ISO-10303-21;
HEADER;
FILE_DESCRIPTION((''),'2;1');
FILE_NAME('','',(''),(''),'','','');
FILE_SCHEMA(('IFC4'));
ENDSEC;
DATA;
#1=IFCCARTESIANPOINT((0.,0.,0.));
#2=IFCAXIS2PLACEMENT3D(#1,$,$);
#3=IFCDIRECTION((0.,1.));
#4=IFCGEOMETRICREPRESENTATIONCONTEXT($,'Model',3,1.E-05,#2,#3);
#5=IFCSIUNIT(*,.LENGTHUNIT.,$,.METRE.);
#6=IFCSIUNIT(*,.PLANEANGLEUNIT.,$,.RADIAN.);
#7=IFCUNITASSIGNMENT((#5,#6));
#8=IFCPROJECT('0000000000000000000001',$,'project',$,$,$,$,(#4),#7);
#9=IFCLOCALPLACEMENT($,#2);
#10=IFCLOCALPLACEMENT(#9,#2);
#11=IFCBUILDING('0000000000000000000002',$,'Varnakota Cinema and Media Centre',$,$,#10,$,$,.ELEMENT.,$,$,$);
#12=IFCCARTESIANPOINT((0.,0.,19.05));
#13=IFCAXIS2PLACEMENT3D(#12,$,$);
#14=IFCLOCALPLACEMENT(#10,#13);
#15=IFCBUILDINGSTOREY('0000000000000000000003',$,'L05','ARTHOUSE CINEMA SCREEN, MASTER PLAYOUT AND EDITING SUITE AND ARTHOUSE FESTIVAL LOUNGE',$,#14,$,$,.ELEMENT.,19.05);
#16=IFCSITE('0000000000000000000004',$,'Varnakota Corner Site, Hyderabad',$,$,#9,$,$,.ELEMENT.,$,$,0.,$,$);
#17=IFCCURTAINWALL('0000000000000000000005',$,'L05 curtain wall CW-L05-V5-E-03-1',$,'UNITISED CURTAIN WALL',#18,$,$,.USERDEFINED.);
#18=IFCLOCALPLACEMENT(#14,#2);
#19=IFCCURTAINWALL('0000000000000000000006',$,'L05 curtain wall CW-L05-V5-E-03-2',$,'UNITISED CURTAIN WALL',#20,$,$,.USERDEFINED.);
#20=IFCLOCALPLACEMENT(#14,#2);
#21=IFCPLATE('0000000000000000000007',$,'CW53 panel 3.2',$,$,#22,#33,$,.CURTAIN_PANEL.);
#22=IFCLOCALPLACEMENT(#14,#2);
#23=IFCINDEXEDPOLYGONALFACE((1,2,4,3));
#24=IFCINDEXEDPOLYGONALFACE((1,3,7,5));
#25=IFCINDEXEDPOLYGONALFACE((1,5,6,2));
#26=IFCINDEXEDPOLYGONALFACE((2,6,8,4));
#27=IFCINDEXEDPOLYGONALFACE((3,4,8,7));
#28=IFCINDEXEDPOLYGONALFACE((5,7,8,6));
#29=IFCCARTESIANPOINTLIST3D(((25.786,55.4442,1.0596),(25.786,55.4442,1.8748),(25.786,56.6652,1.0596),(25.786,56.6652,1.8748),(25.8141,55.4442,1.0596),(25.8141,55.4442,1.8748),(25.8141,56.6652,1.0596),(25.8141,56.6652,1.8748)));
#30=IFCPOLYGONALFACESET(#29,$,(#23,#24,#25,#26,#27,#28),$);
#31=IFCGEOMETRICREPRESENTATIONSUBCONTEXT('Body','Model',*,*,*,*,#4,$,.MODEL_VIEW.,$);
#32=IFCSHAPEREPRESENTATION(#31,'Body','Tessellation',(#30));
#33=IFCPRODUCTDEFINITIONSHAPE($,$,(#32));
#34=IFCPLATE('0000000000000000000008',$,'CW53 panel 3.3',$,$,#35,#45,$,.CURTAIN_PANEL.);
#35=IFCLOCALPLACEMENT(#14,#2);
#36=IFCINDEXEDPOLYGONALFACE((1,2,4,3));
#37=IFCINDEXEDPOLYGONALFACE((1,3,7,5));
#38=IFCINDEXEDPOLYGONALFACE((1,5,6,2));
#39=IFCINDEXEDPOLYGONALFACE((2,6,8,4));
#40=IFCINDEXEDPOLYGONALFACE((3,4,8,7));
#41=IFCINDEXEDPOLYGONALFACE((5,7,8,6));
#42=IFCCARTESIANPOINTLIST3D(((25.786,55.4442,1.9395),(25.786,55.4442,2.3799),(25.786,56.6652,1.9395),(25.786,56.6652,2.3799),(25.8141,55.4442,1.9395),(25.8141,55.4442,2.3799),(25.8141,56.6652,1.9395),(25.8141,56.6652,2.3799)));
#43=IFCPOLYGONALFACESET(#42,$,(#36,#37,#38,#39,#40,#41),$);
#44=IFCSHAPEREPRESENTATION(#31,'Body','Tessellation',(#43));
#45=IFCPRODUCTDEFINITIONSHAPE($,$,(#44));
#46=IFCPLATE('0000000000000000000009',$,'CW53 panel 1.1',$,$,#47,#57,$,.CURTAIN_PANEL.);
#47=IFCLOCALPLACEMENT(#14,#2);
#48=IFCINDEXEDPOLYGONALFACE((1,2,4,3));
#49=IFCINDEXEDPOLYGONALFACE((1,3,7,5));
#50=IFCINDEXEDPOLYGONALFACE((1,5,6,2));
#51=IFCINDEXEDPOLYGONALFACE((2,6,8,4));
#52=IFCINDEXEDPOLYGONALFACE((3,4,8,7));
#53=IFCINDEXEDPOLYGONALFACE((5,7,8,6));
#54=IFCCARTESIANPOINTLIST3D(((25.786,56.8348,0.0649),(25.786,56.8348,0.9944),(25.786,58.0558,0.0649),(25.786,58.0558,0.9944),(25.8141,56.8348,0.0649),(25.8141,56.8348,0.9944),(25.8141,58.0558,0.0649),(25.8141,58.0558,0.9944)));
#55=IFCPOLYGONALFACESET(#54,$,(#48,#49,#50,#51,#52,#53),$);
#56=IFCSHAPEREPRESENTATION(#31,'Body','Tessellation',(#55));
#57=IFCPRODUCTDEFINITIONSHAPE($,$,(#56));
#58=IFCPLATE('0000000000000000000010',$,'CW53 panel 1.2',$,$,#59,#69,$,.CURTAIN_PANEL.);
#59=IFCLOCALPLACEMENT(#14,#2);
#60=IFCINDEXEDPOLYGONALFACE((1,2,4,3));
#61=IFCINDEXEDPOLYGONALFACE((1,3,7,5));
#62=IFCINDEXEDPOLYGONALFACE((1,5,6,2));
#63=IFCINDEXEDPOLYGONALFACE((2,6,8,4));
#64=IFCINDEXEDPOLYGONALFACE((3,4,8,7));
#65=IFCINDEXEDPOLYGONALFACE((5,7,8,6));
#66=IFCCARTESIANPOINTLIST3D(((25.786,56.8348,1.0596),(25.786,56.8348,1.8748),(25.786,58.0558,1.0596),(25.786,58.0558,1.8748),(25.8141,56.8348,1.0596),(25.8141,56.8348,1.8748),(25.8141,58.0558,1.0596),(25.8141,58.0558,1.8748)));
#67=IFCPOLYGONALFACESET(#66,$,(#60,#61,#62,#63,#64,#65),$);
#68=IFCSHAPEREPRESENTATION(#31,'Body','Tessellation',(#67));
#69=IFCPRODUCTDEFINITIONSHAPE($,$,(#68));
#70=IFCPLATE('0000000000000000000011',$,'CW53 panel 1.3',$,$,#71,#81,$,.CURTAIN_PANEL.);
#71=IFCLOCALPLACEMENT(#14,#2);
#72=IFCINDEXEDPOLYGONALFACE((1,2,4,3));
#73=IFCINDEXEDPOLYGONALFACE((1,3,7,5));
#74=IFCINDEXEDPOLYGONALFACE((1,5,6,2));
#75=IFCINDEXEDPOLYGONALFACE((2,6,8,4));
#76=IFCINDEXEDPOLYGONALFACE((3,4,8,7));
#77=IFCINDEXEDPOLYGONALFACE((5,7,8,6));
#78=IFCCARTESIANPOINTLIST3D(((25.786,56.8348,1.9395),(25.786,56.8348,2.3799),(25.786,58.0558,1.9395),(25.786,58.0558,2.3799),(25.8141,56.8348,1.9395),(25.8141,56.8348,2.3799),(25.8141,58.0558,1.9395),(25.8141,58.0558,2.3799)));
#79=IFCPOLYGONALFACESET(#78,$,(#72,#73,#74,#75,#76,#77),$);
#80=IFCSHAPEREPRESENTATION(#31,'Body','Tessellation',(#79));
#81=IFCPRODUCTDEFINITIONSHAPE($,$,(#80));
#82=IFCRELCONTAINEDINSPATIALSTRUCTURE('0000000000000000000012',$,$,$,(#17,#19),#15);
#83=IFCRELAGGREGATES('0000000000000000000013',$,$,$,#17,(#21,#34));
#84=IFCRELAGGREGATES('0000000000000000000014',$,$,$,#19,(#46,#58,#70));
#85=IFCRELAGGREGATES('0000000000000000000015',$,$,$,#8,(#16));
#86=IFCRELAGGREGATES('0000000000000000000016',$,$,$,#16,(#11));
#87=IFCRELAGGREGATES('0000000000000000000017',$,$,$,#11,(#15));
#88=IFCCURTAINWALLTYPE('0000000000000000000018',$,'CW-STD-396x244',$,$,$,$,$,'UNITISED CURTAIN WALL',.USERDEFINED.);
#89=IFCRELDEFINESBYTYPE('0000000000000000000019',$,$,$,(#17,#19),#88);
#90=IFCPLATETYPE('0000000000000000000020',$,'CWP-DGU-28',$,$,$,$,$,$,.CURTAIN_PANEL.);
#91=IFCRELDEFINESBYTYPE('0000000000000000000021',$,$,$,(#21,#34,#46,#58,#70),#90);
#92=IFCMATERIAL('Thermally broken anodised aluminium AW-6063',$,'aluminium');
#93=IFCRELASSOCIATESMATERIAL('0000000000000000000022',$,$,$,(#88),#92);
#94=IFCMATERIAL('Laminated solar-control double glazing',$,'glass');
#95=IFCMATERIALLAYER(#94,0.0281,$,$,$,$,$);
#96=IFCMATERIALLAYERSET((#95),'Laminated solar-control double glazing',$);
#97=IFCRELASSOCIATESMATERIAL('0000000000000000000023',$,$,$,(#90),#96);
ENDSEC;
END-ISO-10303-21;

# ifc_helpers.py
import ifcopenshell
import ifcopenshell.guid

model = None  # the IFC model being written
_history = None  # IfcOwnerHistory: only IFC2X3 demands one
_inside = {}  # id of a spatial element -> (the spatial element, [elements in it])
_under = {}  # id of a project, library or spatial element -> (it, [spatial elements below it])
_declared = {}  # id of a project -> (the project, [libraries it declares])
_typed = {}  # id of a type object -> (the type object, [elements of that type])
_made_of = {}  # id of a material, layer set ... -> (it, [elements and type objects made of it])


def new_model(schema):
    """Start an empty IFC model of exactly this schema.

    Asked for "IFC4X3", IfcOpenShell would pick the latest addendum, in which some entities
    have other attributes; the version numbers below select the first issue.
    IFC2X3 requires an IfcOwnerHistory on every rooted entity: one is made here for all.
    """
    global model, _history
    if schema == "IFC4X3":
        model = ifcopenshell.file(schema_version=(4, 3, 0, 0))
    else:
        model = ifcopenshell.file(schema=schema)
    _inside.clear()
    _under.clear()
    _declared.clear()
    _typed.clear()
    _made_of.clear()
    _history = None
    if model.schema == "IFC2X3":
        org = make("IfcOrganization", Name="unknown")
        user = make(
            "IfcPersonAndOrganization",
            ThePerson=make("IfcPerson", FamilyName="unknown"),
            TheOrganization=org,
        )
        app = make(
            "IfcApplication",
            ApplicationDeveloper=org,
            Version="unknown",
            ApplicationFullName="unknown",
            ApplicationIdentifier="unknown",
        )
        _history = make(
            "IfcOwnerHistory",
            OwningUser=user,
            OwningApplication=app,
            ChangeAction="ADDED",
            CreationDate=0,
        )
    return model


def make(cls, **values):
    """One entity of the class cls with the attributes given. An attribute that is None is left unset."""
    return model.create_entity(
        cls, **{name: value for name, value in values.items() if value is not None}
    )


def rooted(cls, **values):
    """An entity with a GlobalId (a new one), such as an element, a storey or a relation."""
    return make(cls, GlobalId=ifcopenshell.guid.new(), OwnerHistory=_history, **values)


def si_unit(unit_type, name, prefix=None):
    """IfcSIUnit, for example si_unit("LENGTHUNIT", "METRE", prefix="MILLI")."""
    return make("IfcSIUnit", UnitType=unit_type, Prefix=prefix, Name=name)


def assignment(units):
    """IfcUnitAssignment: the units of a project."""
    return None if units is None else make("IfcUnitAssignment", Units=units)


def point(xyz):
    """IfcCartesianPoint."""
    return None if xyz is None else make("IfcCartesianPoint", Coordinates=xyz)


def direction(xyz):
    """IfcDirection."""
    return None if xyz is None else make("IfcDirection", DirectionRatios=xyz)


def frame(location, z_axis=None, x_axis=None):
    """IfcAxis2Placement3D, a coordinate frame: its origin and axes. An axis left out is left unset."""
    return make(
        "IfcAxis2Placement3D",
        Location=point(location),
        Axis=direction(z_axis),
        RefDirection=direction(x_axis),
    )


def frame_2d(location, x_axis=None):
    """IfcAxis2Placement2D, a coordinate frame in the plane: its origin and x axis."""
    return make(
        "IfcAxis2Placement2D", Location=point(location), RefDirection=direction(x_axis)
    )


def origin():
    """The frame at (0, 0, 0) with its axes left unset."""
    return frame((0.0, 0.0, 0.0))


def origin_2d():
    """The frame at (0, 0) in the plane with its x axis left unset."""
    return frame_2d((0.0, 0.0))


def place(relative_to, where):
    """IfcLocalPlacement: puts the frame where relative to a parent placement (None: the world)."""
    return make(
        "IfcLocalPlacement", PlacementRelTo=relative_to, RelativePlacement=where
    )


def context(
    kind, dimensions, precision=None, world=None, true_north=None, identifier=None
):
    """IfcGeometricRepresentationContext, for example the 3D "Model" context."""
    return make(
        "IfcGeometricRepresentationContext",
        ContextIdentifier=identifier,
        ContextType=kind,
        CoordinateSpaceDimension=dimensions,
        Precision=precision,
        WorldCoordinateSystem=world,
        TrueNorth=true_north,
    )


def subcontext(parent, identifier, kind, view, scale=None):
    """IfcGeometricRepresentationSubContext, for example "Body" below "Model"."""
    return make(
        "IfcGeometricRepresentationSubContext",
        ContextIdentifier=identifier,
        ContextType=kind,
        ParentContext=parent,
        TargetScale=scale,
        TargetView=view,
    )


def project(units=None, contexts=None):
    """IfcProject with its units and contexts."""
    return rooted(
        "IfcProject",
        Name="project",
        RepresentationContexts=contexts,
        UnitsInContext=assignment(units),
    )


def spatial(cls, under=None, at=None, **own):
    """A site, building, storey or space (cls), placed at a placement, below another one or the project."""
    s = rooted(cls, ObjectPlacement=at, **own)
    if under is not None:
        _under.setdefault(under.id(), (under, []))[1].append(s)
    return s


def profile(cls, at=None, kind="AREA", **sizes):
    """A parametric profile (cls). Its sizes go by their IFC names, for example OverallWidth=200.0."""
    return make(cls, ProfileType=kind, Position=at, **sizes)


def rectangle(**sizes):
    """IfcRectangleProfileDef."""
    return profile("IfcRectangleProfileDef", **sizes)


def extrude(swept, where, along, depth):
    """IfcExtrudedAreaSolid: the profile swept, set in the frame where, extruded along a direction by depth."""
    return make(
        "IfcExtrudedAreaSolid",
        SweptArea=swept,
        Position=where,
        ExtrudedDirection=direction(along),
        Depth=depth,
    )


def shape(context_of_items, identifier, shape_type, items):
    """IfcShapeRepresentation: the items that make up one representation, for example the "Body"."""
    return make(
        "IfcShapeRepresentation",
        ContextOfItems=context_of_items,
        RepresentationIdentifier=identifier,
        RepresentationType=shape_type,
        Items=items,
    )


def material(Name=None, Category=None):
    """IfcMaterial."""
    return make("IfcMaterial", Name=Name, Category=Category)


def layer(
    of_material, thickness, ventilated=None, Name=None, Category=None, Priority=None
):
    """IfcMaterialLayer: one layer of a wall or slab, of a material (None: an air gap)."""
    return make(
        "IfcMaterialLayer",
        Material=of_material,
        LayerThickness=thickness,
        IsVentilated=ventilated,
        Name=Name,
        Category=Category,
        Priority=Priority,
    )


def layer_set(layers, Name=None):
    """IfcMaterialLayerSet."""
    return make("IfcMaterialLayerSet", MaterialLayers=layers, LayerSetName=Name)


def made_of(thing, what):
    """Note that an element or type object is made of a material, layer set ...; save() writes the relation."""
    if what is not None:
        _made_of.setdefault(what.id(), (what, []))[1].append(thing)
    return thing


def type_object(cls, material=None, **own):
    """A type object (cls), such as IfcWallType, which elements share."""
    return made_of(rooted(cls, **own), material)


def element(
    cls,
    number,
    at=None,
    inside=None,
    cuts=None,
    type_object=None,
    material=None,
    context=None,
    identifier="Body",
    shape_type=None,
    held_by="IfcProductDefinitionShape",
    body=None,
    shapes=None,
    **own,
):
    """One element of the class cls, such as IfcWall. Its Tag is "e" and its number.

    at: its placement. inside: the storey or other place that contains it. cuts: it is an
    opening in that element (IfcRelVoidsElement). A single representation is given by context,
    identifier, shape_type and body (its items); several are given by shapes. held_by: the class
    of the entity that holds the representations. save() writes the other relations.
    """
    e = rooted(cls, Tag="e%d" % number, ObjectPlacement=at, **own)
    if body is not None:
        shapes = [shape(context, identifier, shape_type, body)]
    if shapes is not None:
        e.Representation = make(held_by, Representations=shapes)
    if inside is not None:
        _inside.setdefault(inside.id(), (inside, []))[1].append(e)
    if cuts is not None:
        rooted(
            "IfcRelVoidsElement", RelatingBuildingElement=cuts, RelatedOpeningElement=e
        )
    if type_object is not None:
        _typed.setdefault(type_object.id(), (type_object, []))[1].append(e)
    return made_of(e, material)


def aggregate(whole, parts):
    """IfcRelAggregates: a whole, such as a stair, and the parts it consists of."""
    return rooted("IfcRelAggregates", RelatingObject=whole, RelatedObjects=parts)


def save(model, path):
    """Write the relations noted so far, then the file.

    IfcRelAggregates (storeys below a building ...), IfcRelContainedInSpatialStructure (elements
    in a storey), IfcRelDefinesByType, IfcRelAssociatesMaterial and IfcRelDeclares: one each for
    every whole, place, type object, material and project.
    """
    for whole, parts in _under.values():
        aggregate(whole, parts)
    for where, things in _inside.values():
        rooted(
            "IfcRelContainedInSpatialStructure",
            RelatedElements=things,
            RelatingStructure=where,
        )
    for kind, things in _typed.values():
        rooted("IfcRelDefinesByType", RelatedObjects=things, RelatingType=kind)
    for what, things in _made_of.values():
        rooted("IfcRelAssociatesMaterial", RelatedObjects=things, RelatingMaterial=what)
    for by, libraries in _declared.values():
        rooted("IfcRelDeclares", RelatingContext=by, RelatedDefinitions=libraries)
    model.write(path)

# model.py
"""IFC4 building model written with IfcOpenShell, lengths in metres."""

from ifc_helpers import new_model, si_unit, direction, frame, origin, origin_2d, place, context, subcontext, project, spatial, rectangle, extrude, material, layer, layer_set, type_object, element, aggregate, save


model = new_model("IFC4")

# Units and contexts
model_context = context("Model", 3, precision=1e-05, world=origin(), true_north=direction((0.0, 1.0)))
body_context = subcontext(model_context, "Body", "Model", "MODEL_VIEW")
ifc_project = project(units=[si_unit("LENGTHUNIT", "METRE"), si_unit("PLANEANGLEUNIT", "RADIAN")], contexts=[model_context])

# Site, building, storey
site_placement = place(None, origin())
site = spatial("IfcSite", under=ifc_project, at=site_placement, Name="Varnakota Corner Site, Hyderabad", CompositionType="ELEMENT", RefElevation=0.0)
building_placement = place(site_placement, origin())
building = spatial("IfcBuilding", under=site, at=building_placement, Name="Varnakota Cinema and Media Centre", CompositionType="ELEMENT")
storey_placement = place(building_placement, frame((0.0, 0.0, 19.05)))
storey = spatial("IfcBuildingStorey", under=building, at=storey_placement, Name="L05", Description="ARTHOUSE CINEMA SCREEN, MASTER PLAYOUT AND EDITING SUITE AND ARTHOUSE FESTIVAL LOUNGE", CompositionType="ELEMENT", Elevation=19.05)

# Curtain wall
ifc_material_1 = material(Name="Thermally broken anodised aluminium AW-6063", Category="aluminium")
curtain_wall_type = type_object("IfcCurtainWallType", Name="CW-STD-396x244", ElementType="UNITISED CURTAIN WALL", PredefinedType="USERDEFINED", material=ifc_material_1)
curtain_wall_1_placement = place(storey_placement, origin())
curtain_wall_1 = element("IfcCurtainWall", 1, at=curtain_wall_1_placement, inside=storey, type_object=curtain_wall_type, Name="L05 curtain wall CW-L05-V5-E-03-1", ObjectType="UNITISED CURTAIN WALL", PredefinedType="USERDEFINED")

# Curtain wall
curtain_wall_2_placement = place(storey_placement, origin())
curtain_wall_2 = element("IfcCurtainWall", 2, at=curtain_wall_2_placement, inside=storey, type_object=curtain_wall_type, Name="L05 curtain wall CW-L05-V5-E-03-2", ObjectType="UNITISED CURTAIN WALL", PredefinedType="USERDEFINED")

# Plates
ifc_material_2 = material(Name="Laminated solar-control double glazing", Category="glass")
ifc_layer = layer(ifc_material_2, 0.0281)
ifc_layer_set = layer_set([ifc_layer], Name="Laminated solar-control double glazing")
plate_type = type_object("IfcPlateType", Name="CWP-DGU-28", PredefinedType="CURTAIN_PANEL", material=ifc_layer_set)
plate_1_placement = place(storey_placement, frame((25.8, 56.0547, 1.0596), z_axis=(0.0, 0.0, 1.0), x_axis=(0.0, 1.0, 0.0)))
plate_1 = element("IfcPlate", 3, at=plate_1_placement, type_object=plate_type, Name="CW53 panel 3.2", PredefinedType="CURTAIN_PANEL", context=body_context, shape_type="SweptSolid", body=[
    extrude(rectangle(XDim=1.2209, YDim=0.0281, at=origin_2d()), origin(), (0.0, 0.0, 1.0), 0.8152),
])
plate_2_placement = place(storey_placement, frame((25.8, 56.0547, 1.9395), z_axis=(0.0, 0.0, 1.0), x_axis=(0.0, 1.0, 0.0)))
plate_2 = element("IfcPlate", 4, at=plate_2_placement, type_object=plate_type, Name="CW53 panel 3.3", PredefinedType="CURTAIN_PANEL", context=body_context, shape_type="SweptSolid", body=[
    extrude(rectangle(XDim=1.2209, YDim=0.0281, at=origin_2d()), origin(), (0.0, 0.0, 1.0), 0.4404),
])
aggregate(curtain_wall_1, [plate_1, plate_2])
plate_3_placement = place(storey_placement, frame((25.8, 57.4453, 0.0649), z_axis=(0.0, 0.0, 1.0), x_axis=(0.0, 1.0, 0.0)))
plate_3 = element("IfcPlate", 5, at=plate_3_placement, type_object=plate_type, Name="CW53 panel 1.1", PredefinedType="CURTAIN_PANEL", context=body_context, shape_type="SweptSolid", body=[
    extrude(rectangle(XDim=1.2209, YDim=0.0281, at=origin_2d()), origin(), (0.0, 0.0, 1.0), 0.9294),
])
plate_4_placement = place(storey_placement, frame((25.8, 57.4453, 1.0596), z_axis=(0.0, 0.0, 1.0), x_axis=(0.0, 1.0, 0.0)))
plate_4 = element("IfcPlate", 6, at=plate_4_placement, type_object=plate_type, Name="CW53 panel 1.2", PredefinedType="CURTAIN_PANEL", context=body_context, shape_type="SweptSolid", body=[
    extrude(rectangle(XDim=1.2209, YDim=0.0281, at=origin_2d()), origin(), (0.0, 0.0, 1.0), 0.8152),
])
plate_5_placement = place(storey_placement, frame((25.8, 57.4453, 1.9395), z_axis=(0.0, 0.0, 1.0), x_axis=(0.0, 1.0, 0.0)))
plate_5 = element("IfcPlate", 7, at=plate_5_placement, type_object=plate_type, Name="CW53 panel 1.3", PredefinedType="CURTAIN_PANEL", context=body_context, shape_type="SweptSolid", body=[
    extrude(rectangle(XDim=1.2209, YDim=0.0281, at=origin_2d()), origin(), (0.0, 0.0, 1.0), 0.4404),
])
aggregate(curtain_wall_2, [plate_3, plate_4, plate_5])

save(model, "model.ifc")
